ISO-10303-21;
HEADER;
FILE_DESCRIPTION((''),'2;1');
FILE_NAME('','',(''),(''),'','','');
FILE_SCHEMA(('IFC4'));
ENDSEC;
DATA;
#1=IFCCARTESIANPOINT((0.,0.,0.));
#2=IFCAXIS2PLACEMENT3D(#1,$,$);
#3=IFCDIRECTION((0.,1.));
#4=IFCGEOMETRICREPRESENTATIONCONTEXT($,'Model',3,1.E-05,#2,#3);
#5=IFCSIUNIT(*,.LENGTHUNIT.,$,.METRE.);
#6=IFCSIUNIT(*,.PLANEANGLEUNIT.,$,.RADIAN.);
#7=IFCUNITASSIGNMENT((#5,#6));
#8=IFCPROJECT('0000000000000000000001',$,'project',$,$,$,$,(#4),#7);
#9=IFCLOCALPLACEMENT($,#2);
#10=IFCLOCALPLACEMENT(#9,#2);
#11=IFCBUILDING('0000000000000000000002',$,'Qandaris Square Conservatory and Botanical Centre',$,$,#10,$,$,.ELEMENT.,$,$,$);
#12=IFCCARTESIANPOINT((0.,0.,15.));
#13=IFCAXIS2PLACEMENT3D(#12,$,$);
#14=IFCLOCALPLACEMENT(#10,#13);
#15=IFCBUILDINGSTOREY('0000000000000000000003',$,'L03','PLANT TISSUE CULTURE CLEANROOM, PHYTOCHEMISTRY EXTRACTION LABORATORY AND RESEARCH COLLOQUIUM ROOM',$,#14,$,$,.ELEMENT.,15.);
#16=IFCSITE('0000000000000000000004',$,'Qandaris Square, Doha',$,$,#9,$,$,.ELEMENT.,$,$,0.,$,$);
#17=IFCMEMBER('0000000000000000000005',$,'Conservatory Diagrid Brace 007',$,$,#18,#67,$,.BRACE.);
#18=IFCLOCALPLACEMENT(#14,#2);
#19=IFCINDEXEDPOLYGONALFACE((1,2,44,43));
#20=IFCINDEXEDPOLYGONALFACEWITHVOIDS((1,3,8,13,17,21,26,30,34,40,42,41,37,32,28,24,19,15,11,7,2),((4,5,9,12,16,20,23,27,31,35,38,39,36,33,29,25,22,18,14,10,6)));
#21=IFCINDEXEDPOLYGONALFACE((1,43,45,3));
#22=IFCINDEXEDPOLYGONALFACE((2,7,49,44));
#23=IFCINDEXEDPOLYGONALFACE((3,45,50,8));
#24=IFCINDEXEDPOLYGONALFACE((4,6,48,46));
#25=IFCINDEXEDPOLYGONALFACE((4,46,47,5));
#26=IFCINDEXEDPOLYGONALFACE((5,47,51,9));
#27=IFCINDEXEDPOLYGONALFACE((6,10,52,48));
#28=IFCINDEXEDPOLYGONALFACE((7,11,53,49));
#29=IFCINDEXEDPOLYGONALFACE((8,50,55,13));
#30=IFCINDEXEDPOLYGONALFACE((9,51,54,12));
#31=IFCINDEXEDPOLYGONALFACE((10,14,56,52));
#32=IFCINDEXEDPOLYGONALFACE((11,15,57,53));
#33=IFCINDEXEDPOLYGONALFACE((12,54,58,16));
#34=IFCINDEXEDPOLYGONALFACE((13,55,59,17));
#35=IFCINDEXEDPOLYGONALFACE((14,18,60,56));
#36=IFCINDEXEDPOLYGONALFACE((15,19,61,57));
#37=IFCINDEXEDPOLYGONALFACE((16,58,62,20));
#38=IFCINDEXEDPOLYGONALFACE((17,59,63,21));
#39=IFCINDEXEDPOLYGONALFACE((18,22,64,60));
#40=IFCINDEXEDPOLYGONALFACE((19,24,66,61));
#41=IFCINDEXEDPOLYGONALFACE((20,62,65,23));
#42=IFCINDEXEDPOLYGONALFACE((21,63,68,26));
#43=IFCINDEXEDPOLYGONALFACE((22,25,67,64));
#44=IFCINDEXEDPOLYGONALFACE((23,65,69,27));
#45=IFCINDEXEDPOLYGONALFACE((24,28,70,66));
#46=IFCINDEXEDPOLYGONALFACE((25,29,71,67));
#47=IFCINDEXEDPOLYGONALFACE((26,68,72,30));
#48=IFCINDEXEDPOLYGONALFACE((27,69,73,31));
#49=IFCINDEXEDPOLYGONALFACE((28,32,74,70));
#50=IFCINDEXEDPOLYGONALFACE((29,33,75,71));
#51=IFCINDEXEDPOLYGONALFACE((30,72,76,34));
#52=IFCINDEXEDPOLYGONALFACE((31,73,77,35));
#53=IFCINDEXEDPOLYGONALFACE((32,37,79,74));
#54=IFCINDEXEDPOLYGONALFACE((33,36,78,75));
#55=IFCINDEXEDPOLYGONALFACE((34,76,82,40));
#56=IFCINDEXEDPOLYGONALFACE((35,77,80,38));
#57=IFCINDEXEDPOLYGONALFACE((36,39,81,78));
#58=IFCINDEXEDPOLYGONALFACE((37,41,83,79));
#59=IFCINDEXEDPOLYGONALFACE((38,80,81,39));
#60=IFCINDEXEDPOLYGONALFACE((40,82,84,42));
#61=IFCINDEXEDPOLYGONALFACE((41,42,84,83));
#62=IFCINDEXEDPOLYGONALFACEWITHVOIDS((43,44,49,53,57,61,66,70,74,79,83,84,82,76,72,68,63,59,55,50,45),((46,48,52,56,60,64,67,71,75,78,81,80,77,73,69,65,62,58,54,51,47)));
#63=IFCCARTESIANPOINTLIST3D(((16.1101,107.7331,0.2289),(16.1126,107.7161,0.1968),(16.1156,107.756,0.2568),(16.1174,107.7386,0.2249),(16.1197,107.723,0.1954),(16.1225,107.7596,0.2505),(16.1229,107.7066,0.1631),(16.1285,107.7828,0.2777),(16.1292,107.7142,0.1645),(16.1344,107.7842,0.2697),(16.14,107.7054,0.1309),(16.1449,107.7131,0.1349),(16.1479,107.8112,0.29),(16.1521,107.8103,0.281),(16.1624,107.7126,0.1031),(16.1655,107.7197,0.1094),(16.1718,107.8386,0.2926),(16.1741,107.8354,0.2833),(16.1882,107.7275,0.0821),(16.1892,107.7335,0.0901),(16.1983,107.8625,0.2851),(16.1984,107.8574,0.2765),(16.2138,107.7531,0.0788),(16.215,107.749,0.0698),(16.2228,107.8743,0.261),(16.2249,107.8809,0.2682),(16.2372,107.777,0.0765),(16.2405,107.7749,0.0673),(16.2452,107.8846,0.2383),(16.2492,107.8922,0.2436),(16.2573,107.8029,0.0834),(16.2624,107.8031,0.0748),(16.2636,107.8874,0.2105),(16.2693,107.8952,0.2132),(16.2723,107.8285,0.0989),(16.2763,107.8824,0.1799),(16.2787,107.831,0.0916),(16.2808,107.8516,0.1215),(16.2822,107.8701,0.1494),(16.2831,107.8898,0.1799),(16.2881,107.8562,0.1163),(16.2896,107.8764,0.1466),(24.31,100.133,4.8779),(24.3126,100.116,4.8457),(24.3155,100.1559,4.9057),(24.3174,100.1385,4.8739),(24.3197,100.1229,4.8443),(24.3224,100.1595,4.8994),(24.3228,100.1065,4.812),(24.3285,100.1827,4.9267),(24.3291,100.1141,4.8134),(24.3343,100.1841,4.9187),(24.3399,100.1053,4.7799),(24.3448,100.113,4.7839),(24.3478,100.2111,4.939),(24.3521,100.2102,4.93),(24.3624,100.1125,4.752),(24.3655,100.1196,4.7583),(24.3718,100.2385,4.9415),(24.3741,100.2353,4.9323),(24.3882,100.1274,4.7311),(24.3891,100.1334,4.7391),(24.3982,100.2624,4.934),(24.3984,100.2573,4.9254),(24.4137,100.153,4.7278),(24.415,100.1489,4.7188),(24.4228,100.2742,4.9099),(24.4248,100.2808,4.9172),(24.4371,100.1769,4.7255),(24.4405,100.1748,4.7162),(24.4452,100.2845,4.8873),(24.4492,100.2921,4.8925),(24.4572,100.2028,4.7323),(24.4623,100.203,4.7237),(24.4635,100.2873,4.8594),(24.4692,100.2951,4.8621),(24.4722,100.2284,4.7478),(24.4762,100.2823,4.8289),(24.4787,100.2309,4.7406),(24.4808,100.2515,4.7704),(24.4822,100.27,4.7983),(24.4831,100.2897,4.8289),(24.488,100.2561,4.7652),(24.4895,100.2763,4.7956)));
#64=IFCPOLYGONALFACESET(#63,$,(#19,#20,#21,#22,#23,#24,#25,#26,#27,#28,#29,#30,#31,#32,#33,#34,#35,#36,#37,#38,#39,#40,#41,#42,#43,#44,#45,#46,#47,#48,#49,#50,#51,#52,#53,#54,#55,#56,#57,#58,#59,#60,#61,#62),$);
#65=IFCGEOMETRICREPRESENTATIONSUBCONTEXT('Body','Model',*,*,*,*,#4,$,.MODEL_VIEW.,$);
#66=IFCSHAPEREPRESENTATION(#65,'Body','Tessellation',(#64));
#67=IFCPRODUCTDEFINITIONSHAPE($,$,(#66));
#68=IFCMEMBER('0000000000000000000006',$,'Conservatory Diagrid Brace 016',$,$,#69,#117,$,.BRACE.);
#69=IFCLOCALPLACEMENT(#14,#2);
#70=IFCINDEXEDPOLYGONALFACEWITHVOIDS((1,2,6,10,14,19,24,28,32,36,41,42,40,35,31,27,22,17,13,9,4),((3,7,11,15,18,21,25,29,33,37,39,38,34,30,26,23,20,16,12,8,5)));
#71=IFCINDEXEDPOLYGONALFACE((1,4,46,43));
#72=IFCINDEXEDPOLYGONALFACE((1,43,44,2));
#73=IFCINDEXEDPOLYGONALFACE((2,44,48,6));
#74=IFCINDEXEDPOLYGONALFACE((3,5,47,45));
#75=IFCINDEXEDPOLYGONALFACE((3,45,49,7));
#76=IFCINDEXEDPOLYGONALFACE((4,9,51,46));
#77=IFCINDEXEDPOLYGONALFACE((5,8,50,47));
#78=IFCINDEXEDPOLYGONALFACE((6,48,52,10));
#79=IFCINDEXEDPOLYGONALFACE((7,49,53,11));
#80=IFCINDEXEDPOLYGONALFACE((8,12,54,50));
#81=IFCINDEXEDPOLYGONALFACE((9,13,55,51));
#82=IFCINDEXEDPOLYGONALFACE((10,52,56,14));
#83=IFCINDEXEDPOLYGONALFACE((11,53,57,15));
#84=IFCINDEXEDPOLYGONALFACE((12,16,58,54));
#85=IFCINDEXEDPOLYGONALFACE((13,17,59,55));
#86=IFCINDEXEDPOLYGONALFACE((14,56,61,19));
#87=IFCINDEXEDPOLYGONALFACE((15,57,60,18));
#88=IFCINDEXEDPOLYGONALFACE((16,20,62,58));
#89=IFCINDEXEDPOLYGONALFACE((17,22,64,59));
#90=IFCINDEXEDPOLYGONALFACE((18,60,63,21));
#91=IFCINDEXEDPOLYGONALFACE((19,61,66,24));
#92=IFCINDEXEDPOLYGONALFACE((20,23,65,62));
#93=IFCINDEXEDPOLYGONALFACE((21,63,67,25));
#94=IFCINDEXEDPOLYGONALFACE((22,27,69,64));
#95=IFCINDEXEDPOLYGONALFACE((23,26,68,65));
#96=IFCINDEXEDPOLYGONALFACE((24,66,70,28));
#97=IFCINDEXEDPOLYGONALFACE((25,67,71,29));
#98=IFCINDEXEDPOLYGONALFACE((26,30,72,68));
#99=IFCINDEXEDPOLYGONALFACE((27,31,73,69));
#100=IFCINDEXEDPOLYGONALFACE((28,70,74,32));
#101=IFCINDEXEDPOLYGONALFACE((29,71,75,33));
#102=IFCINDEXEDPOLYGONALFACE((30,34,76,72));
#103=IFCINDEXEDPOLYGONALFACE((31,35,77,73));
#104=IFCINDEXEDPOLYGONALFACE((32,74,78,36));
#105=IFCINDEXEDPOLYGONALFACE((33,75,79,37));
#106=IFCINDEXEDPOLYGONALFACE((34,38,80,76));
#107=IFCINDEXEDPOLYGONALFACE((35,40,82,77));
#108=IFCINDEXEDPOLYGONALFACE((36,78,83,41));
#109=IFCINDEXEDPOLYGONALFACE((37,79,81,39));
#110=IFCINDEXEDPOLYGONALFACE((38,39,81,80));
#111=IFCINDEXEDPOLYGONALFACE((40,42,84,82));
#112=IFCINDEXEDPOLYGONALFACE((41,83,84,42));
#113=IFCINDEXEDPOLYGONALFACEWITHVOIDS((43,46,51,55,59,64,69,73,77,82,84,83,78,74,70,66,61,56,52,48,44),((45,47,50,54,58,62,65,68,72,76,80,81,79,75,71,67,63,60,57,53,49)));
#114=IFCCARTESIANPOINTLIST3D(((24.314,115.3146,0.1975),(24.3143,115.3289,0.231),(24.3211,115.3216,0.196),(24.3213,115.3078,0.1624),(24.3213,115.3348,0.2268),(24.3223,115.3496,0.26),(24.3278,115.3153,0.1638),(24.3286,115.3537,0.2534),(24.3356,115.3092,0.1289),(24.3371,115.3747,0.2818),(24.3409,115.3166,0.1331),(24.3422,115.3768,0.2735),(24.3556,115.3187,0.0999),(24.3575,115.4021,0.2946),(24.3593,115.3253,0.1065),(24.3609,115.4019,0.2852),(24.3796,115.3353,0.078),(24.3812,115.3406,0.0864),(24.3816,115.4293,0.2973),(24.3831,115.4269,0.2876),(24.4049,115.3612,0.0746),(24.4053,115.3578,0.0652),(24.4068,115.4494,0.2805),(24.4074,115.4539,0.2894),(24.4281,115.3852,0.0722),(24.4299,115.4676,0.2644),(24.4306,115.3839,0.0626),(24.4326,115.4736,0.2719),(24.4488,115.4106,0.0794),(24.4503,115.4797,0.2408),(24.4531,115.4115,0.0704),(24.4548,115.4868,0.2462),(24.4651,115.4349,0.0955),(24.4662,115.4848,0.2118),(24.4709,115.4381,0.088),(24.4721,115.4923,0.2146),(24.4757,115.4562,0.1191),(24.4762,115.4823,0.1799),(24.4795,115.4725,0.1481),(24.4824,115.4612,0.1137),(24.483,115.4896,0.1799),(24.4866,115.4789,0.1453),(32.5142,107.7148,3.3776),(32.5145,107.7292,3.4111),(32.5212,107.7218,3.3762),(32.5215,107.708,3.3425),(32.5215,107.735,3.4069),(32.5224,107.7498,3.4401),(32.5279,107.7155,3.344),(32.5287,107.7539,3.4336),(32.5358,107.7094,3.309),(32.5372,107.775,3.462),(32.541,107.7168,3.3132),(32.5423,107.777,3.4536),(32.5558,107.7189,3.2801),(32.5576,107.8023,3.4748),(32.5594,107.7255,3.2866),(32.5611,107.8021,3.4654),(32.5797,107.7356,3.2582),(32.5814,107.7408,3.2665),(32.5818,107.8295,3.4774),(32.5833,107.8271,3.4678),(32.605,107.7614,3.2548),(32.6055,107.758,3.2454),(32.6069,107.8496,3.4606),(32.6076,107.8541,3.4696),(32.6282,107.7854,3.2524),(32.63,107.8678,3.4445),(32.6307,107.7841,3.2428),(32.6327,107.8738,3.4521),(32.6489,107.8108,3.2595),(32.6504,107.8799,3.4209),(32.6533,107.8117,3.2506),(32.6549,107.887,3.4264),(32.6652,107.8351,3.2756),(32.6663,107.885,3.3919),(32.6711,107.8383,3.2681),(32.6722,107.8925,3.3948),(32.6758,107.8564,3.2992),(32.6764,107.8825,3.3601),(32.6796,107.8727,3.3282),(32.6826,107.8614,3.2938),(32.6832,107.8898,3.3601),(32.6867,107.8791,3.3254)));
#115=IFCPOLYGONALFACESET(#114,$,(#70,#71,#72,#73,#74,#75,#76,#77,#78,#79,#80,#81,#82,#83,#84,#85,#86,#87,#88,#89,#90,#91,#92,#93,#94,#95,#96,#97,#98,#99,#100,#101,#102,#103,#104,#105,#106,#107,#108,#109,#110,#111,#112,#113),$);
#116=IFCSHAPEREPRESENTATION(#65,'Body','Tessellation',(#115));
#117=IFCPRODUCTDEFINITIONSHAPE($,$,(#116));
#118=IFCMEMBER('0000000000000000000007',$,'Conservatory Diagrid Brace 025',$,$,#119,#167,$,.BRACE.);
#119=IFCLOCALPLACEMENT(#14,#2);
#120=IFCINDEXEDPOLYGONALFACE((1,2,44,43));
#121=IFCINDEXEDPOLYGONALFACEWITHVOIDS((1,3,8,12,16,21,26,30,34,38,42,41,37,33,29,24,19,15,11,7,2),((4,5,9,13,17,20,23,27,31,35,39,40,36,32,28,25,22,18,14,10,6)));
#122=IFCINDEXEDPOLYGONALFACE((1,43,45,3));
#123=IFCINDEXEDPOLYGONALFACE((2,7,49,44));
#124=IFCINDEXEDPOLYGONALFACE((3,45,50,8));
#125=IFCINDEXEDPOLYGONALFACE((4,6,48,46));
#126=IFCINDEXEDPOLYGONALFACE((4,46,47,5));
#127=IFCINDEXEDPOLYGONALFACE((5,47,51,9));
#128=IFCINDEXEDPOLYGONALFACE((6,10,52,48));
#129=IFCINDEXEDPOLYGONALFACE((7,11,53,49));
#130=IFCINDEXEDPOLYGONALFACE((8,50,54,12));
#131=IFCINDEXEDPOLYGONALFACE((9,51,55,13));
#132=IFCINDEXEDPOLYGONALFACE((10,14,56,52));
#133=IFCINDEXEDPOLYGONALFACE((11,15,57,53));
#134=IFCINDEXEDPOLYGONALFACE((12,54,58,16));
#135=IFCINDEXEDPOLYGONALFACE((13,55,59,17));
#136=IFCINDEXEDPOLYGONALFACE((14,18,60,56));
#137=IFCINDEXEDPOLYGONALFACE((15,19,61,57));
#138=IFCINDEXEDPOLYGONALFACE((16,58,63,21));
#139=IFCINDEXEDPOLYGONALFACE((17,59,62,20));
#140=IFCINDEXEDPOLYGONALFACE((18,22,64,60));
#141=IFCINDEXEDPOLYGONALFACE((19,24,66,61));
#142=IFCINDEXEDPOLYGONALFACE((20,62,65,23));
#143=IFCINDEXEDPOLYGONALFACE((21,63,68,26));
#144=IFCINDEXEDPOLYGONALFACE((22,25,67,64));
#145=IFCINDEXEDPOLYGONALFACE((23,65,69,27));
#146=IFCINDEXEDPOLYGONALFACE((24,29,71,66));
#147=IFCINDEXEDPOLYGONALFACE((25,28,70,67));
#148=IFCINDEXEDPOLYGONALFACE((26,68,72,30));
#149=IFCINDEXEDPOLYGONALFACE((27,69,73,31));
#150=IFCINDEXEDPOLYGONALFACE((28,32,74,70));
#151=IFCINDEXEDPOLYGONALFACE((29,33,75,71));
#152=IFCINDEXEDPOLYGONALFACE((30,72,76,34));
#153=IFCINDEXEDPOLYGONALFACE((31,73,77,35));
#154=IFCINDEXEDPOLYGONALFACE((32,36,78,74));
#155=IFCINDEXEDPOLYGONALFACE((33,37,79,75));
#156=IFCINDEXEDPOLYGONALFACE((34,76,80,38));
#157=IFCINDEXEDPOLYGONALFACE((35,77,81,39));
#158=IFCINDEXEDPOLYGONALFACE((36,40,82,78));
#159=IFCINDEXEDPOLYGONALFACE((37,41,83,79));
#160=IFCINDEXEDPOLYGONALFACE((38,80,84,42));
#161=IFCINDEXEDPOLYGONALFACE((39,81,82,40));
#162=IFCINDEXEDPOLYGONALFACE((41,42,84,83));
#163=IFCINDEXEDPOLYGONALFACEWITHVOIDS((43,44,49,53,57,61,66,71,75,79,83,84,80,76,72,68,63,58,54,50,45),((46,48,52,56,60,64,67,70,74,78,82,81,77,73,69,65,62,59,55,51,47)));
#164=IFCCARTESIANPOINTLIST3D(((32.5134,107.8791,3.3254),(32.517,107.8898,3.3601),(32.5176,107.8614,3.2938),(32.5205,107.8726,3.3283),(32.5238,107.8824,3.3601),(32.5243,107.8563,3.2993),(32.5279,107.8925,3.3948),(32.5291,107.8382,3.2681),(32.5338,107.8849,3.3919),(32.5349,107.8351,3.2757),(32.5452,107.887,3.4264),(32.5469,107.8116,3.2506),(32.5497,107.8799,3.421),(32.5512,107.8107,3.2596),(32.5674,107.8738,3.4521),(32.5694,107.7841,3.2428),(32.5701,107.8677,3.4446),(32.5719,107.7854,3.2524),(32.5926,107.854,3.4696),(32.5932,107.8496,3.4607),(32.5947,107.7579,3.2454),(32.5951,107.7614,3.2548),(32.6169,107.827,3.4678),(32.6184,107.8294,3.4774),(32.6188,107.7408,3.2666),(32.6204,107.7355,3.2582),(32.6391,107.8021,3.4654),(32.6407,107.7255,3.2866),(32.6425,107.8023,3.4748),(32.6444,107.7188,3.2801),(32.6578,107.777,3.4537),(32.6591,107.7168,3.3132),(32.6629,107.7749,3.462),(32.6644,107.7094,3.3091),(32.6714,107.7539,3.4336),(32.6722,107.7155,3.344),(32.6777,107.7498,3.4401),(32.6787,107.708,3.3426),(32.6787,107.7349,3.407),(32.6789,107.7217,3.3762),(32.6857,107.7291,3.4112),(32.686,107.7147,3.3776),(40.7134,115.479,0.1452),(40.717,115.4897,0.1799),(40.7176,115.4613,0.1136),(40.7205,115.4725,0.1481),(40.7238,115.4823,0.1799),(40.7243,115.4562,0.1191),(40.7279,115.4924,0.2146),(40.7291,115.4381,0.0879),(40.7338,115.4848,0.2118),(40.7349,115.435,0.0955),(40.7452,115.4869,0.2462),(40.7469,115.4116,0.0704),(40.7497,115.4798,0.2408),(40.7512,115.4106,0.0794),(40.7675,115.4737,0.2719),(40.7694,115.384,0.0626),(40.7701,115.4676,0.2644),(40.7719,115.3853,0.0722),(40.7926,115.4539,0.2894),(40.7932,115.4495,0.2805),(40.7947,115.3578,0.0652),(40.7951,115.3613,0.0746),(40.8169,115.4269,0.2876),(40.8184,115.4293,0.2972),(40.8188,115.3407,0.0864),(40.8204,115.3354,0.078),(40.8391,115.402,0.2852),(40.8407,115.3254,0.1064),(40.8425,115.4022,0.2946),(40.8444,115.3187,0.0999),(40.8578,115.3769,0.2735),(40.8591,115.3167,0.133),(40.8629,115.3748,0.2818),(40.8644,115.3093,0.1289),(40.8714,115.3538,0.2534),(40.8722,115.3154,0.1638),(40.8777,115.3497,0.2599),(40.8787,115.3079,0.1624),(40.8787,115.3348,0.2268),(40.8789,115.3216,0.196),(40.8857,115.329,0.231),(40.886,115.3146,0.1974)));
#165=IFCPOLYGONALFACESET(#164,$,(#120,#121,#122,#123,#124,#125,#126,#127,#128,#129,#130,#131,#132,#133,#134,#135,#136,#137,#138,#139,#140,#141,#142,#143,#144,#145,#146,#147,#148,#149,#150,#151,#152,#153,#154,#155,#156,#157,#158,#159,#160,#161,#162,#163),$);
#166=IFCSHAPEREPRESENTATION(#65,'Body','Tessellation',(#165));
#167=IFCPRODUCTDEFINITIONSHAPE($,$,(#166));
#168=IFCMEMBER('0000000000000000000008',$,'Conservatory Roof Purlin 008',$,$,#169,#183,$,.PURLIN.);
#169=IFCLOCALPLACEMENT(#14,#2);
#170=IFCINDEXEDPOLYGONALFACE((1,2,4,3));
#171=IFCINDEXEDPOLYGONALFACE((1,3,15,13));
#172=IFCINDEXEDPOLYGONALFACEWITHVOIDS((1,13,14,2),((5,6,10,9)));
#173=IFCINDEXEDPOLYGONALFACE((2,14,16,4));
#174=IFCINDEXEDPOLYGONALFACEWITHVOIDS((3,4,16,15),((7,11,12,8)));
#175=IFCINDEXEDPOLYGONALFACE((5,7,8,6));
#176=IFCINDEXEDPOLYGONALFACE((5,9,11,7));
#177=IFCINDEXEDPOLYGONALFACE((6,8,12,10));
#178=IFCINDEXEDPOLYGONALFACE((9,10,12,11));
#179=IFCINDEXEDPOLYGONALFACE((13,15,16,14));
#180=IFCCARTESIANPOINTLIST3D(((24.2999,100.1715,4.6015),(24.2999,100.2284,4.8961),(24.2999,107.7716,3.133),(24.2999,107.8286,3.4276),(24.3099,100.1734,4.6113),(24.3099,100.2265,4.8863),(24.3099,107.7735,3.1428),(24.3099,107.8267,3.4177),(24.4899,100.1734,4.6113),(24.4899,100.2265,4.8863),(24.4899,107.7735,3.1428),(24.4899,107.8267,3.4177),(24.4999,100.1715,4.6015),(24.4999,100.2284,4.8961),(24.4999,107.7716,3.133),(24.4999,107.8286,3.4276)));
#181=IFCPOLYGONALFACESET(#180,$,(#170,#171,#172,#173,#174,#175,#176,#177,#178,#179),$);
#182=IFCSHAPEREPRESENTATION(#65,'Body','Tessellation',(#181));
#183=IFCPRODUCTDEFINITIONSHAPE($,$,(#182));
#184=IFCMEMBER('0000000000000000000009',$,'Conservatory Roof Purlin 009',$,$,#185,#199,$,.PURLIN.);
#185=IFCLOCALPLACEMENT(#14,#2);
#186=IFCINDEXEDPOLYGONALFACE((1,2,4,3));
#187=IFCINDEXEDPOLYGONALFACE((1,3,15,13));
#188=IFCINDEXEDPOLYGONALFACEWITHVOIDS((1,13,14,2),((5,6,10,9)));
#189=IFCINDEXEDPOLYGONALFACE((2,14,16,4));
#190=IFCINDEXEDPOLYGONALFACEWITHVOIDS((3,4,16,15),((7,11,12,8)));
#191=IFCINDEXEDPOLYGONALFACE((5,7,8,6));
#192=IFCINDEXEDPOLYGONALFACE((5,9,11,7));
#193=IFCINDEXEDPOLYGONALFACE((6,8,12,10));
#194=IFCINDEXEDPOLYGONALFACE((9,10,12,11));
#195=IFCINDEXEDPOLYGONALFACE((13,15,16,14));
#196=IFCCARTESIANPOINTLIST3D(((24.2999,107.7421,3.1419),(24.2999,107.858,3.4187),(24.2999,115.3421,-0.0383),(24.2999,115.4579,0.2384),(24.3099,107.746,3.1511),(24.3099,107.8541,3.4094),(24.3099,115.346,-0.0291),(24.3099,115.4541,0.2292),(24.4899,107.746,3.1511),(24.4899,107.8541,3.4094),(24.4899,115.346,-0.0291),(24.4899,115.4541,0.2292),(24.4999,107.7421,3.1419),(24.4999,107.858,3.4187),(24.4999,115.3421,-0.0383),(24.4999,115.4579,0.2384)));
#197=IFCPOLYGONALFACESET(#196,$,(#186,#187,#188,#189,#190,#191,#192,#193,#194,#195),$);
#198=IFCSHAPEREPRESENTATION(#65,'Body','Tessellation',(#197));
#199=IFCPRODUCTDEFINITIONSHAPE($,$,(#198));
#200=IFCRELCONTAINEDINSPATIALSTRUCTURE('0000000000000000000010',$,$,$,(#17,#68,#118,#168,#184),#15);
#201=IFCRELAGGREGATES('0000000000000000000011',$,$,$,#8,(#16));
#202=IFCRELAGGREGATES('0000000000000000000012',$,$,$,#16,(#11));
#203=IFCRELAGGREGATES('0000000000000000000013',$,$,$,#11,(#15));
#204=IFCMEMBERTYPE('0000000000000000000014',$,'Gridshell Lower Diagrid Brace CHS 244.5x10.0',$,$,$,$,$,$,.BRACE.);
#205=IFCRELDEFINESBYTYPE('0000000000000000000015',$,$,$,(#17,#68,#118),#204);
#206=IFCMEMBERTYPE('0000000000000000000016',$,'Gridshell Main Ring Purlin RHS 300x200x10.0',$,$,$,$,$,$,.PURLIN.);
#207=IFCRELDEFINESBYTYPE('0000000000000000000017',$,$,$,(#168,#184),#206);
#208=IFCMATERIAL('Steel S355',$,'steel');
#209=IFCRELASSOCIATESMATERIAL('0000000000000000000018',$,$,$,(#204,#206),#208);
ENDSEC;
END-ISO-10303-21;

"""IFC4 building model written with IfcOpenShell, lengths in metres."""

from ifc_helpers import new_model, si_unit, direction, frame, origin, origin_2d, place, context, subcontext, project, spatial, hollow_rectangle, hollow_circle, extrude, material, material_profile, profile_set, type_object, element, save


model = new_model("IFC4")

# Units and contexts
model_context = context("Model", 3, precision=1e-05, world=origin(), true_north=direction((0.0, 1.0)))
body_context = subcontext(model_context, "Body", "Model", "MODEL_VIEW")
ifc_project = project(units=[si_unit("LENGTHUNIT", "METRE"), si_unit("PLANEANGLEUNIT", "RADIAN")], contexts=[model_context])

# Site, building, storey
site_placement = place(None, origin())
site = spatial("IfcSite", under=ifc_project, at=site_placement, Name="Qandaris Square, Doha", CompositionType="ELEMENT", RefElevation=0.0)
building_placement = place(site_placement, origin())
building = spatial("IfcBuilding", under=site, at=building_placement, Name="Qandaris Square Conservatory and Botanical Centre", CompositionType="ELEMENT")
storey_placement = place(building_placement, frame((0.0, 0.0, 15.0)))
storey = spatial("IfcBuildingStorey", under=building, at=storey_placement, Name="L03", Description="PLANT TISSUE CULTURE CLEANROOM, PHYTOCHEMISTRY EXTRACTION LABORATORY AND RESEARCH COLLOQUIUM ROOM", CompositionType="ELEMENT", Elevation=15.0)

# Members
ifc_material_1 = material(Name="Steel S355", Category="steel")
ifc_material_profile_1 = material_profile(ifc_material_1, hollow_circle(Radius=0.1223, WallThickness=0.01, at=origin_2d()), Name="CHS 244.5x10.0")
ifc_profile_set_1 = profile_set([ifc_material_profile_1], Name="Steel S355")
member_type_1 = type_object("IfcMemberType", Name="Gridshell Lower Diagrid Brace CHS 244.5x10.0", PredefinedType="BRACE", material=ifc_profile_set_1)
member_1_placement = place(storey_placement, frame((16.2, 107.8, 0.1799), z_axis=(0.677212, -0.627672, 0.383942), x_axis=(0.679772, 0.733424, 0.0)))
element("IfcMember", 1, at=member_1_placement, inside=storey, type_object=member_type_1, Name="Conservatory Diagrid Brace 007", PredefinedType="BRACE", context=body_context, shape_type="SweptSolid", body=[
    extrude(hollow_circle(Radius=0.1223, WallThickness=0.01, at=origin_2d()), origin(), (0.0, 0.0, 1.0), 12.1084),
])
for number, where, z_axis, x_axis, name in (
    (2, (24.3999, 115.3999, 0.1799), (0.705461, -0.653814, 0.27359), (0.679749, 0.733445, 0.0), "Conservatory Diagrid Brace 016"),
    (3, (32.6001, 107.8, 3.3601), (0.705451, 0.653824, -0.273594), (-0.67976, 0.733435, 0.0), "Conservatory Diagrid Brace 025"),
):
    element("IfcMember", number, at=place(storey_placement, frame(where, z_axis=z_axis, x_axis=x_axis)), inside=storey, type_object=member_type_1, Name=name, PredefinedType="BRACE", context=body_context, shape_type="SweptSolid", body=[
        extrude(hollow_circle(Radius=0.1223, WallThickness=0.01, at=origin_2d()), origin(), (0.0, 0.0, 1.0), 11.6238),
    ])
ifc_material_profile_2 = material_profile(ifc_material_1, hollow_rectangle(XDim=0.2, YDim=0.3, WallThickness=0.01, at=origin_2d()), Name="RHS 300x200x10.0")
ifc_profile_set_2 = profile_set([ifc_material_profile_2], Name="Steel S355")
member_type_2 = type_object("IfcMemberType", Name="Gridshell Main Ring Purlin RHS 300x200x10.0", PredefinedType="PURLIN", material=ifc_profile_set_2)
member_2_placement = place(storey_placement, frame((24.3999, 100.2, 4.7488), z_axis=(0.0, 0.98184, -0.189713), x_axis=(-1.0, 0.0, 0.0)))
element("IfcMember", 4, at=member_2_placement, inside=storey, type_object=member_type_2, Name="Conservatory Roof Purlin 008", PredefinedType="PURLIN", context=body_context, shape_type="SweptSolid", body=[
    extrude(hollow_rectangle(XDim=0.2, YDim=0.3, WallThickness=0.01, at=origin_2d()), origin(), (0.0, 0.0, 1.0), 7.7407),
])
member_3_placement = place(storey_placement, frame((24.3999, 107.8, 3.2803), z_axis=(0.0, 0.922491, -0.386018), x_axis=(-1.0, 0.0, 0.0)))
element("IfcMember", 5, at=member_3_placement, inside=storey, type_object=member_type_2, Name="Conservatory Roof Purlin 009", PredefinedType="PURLIN", context=body_context, shape_type="SweptSolid", body=[
    extrude(hollow_rectangle(XDim=0.2, YDim=0.3, WallThickness=0.01, at=origin_2d()), origin(), (0.0, 0.0, 1.0), 8.2385),
])

save(model, "model.ifc")
